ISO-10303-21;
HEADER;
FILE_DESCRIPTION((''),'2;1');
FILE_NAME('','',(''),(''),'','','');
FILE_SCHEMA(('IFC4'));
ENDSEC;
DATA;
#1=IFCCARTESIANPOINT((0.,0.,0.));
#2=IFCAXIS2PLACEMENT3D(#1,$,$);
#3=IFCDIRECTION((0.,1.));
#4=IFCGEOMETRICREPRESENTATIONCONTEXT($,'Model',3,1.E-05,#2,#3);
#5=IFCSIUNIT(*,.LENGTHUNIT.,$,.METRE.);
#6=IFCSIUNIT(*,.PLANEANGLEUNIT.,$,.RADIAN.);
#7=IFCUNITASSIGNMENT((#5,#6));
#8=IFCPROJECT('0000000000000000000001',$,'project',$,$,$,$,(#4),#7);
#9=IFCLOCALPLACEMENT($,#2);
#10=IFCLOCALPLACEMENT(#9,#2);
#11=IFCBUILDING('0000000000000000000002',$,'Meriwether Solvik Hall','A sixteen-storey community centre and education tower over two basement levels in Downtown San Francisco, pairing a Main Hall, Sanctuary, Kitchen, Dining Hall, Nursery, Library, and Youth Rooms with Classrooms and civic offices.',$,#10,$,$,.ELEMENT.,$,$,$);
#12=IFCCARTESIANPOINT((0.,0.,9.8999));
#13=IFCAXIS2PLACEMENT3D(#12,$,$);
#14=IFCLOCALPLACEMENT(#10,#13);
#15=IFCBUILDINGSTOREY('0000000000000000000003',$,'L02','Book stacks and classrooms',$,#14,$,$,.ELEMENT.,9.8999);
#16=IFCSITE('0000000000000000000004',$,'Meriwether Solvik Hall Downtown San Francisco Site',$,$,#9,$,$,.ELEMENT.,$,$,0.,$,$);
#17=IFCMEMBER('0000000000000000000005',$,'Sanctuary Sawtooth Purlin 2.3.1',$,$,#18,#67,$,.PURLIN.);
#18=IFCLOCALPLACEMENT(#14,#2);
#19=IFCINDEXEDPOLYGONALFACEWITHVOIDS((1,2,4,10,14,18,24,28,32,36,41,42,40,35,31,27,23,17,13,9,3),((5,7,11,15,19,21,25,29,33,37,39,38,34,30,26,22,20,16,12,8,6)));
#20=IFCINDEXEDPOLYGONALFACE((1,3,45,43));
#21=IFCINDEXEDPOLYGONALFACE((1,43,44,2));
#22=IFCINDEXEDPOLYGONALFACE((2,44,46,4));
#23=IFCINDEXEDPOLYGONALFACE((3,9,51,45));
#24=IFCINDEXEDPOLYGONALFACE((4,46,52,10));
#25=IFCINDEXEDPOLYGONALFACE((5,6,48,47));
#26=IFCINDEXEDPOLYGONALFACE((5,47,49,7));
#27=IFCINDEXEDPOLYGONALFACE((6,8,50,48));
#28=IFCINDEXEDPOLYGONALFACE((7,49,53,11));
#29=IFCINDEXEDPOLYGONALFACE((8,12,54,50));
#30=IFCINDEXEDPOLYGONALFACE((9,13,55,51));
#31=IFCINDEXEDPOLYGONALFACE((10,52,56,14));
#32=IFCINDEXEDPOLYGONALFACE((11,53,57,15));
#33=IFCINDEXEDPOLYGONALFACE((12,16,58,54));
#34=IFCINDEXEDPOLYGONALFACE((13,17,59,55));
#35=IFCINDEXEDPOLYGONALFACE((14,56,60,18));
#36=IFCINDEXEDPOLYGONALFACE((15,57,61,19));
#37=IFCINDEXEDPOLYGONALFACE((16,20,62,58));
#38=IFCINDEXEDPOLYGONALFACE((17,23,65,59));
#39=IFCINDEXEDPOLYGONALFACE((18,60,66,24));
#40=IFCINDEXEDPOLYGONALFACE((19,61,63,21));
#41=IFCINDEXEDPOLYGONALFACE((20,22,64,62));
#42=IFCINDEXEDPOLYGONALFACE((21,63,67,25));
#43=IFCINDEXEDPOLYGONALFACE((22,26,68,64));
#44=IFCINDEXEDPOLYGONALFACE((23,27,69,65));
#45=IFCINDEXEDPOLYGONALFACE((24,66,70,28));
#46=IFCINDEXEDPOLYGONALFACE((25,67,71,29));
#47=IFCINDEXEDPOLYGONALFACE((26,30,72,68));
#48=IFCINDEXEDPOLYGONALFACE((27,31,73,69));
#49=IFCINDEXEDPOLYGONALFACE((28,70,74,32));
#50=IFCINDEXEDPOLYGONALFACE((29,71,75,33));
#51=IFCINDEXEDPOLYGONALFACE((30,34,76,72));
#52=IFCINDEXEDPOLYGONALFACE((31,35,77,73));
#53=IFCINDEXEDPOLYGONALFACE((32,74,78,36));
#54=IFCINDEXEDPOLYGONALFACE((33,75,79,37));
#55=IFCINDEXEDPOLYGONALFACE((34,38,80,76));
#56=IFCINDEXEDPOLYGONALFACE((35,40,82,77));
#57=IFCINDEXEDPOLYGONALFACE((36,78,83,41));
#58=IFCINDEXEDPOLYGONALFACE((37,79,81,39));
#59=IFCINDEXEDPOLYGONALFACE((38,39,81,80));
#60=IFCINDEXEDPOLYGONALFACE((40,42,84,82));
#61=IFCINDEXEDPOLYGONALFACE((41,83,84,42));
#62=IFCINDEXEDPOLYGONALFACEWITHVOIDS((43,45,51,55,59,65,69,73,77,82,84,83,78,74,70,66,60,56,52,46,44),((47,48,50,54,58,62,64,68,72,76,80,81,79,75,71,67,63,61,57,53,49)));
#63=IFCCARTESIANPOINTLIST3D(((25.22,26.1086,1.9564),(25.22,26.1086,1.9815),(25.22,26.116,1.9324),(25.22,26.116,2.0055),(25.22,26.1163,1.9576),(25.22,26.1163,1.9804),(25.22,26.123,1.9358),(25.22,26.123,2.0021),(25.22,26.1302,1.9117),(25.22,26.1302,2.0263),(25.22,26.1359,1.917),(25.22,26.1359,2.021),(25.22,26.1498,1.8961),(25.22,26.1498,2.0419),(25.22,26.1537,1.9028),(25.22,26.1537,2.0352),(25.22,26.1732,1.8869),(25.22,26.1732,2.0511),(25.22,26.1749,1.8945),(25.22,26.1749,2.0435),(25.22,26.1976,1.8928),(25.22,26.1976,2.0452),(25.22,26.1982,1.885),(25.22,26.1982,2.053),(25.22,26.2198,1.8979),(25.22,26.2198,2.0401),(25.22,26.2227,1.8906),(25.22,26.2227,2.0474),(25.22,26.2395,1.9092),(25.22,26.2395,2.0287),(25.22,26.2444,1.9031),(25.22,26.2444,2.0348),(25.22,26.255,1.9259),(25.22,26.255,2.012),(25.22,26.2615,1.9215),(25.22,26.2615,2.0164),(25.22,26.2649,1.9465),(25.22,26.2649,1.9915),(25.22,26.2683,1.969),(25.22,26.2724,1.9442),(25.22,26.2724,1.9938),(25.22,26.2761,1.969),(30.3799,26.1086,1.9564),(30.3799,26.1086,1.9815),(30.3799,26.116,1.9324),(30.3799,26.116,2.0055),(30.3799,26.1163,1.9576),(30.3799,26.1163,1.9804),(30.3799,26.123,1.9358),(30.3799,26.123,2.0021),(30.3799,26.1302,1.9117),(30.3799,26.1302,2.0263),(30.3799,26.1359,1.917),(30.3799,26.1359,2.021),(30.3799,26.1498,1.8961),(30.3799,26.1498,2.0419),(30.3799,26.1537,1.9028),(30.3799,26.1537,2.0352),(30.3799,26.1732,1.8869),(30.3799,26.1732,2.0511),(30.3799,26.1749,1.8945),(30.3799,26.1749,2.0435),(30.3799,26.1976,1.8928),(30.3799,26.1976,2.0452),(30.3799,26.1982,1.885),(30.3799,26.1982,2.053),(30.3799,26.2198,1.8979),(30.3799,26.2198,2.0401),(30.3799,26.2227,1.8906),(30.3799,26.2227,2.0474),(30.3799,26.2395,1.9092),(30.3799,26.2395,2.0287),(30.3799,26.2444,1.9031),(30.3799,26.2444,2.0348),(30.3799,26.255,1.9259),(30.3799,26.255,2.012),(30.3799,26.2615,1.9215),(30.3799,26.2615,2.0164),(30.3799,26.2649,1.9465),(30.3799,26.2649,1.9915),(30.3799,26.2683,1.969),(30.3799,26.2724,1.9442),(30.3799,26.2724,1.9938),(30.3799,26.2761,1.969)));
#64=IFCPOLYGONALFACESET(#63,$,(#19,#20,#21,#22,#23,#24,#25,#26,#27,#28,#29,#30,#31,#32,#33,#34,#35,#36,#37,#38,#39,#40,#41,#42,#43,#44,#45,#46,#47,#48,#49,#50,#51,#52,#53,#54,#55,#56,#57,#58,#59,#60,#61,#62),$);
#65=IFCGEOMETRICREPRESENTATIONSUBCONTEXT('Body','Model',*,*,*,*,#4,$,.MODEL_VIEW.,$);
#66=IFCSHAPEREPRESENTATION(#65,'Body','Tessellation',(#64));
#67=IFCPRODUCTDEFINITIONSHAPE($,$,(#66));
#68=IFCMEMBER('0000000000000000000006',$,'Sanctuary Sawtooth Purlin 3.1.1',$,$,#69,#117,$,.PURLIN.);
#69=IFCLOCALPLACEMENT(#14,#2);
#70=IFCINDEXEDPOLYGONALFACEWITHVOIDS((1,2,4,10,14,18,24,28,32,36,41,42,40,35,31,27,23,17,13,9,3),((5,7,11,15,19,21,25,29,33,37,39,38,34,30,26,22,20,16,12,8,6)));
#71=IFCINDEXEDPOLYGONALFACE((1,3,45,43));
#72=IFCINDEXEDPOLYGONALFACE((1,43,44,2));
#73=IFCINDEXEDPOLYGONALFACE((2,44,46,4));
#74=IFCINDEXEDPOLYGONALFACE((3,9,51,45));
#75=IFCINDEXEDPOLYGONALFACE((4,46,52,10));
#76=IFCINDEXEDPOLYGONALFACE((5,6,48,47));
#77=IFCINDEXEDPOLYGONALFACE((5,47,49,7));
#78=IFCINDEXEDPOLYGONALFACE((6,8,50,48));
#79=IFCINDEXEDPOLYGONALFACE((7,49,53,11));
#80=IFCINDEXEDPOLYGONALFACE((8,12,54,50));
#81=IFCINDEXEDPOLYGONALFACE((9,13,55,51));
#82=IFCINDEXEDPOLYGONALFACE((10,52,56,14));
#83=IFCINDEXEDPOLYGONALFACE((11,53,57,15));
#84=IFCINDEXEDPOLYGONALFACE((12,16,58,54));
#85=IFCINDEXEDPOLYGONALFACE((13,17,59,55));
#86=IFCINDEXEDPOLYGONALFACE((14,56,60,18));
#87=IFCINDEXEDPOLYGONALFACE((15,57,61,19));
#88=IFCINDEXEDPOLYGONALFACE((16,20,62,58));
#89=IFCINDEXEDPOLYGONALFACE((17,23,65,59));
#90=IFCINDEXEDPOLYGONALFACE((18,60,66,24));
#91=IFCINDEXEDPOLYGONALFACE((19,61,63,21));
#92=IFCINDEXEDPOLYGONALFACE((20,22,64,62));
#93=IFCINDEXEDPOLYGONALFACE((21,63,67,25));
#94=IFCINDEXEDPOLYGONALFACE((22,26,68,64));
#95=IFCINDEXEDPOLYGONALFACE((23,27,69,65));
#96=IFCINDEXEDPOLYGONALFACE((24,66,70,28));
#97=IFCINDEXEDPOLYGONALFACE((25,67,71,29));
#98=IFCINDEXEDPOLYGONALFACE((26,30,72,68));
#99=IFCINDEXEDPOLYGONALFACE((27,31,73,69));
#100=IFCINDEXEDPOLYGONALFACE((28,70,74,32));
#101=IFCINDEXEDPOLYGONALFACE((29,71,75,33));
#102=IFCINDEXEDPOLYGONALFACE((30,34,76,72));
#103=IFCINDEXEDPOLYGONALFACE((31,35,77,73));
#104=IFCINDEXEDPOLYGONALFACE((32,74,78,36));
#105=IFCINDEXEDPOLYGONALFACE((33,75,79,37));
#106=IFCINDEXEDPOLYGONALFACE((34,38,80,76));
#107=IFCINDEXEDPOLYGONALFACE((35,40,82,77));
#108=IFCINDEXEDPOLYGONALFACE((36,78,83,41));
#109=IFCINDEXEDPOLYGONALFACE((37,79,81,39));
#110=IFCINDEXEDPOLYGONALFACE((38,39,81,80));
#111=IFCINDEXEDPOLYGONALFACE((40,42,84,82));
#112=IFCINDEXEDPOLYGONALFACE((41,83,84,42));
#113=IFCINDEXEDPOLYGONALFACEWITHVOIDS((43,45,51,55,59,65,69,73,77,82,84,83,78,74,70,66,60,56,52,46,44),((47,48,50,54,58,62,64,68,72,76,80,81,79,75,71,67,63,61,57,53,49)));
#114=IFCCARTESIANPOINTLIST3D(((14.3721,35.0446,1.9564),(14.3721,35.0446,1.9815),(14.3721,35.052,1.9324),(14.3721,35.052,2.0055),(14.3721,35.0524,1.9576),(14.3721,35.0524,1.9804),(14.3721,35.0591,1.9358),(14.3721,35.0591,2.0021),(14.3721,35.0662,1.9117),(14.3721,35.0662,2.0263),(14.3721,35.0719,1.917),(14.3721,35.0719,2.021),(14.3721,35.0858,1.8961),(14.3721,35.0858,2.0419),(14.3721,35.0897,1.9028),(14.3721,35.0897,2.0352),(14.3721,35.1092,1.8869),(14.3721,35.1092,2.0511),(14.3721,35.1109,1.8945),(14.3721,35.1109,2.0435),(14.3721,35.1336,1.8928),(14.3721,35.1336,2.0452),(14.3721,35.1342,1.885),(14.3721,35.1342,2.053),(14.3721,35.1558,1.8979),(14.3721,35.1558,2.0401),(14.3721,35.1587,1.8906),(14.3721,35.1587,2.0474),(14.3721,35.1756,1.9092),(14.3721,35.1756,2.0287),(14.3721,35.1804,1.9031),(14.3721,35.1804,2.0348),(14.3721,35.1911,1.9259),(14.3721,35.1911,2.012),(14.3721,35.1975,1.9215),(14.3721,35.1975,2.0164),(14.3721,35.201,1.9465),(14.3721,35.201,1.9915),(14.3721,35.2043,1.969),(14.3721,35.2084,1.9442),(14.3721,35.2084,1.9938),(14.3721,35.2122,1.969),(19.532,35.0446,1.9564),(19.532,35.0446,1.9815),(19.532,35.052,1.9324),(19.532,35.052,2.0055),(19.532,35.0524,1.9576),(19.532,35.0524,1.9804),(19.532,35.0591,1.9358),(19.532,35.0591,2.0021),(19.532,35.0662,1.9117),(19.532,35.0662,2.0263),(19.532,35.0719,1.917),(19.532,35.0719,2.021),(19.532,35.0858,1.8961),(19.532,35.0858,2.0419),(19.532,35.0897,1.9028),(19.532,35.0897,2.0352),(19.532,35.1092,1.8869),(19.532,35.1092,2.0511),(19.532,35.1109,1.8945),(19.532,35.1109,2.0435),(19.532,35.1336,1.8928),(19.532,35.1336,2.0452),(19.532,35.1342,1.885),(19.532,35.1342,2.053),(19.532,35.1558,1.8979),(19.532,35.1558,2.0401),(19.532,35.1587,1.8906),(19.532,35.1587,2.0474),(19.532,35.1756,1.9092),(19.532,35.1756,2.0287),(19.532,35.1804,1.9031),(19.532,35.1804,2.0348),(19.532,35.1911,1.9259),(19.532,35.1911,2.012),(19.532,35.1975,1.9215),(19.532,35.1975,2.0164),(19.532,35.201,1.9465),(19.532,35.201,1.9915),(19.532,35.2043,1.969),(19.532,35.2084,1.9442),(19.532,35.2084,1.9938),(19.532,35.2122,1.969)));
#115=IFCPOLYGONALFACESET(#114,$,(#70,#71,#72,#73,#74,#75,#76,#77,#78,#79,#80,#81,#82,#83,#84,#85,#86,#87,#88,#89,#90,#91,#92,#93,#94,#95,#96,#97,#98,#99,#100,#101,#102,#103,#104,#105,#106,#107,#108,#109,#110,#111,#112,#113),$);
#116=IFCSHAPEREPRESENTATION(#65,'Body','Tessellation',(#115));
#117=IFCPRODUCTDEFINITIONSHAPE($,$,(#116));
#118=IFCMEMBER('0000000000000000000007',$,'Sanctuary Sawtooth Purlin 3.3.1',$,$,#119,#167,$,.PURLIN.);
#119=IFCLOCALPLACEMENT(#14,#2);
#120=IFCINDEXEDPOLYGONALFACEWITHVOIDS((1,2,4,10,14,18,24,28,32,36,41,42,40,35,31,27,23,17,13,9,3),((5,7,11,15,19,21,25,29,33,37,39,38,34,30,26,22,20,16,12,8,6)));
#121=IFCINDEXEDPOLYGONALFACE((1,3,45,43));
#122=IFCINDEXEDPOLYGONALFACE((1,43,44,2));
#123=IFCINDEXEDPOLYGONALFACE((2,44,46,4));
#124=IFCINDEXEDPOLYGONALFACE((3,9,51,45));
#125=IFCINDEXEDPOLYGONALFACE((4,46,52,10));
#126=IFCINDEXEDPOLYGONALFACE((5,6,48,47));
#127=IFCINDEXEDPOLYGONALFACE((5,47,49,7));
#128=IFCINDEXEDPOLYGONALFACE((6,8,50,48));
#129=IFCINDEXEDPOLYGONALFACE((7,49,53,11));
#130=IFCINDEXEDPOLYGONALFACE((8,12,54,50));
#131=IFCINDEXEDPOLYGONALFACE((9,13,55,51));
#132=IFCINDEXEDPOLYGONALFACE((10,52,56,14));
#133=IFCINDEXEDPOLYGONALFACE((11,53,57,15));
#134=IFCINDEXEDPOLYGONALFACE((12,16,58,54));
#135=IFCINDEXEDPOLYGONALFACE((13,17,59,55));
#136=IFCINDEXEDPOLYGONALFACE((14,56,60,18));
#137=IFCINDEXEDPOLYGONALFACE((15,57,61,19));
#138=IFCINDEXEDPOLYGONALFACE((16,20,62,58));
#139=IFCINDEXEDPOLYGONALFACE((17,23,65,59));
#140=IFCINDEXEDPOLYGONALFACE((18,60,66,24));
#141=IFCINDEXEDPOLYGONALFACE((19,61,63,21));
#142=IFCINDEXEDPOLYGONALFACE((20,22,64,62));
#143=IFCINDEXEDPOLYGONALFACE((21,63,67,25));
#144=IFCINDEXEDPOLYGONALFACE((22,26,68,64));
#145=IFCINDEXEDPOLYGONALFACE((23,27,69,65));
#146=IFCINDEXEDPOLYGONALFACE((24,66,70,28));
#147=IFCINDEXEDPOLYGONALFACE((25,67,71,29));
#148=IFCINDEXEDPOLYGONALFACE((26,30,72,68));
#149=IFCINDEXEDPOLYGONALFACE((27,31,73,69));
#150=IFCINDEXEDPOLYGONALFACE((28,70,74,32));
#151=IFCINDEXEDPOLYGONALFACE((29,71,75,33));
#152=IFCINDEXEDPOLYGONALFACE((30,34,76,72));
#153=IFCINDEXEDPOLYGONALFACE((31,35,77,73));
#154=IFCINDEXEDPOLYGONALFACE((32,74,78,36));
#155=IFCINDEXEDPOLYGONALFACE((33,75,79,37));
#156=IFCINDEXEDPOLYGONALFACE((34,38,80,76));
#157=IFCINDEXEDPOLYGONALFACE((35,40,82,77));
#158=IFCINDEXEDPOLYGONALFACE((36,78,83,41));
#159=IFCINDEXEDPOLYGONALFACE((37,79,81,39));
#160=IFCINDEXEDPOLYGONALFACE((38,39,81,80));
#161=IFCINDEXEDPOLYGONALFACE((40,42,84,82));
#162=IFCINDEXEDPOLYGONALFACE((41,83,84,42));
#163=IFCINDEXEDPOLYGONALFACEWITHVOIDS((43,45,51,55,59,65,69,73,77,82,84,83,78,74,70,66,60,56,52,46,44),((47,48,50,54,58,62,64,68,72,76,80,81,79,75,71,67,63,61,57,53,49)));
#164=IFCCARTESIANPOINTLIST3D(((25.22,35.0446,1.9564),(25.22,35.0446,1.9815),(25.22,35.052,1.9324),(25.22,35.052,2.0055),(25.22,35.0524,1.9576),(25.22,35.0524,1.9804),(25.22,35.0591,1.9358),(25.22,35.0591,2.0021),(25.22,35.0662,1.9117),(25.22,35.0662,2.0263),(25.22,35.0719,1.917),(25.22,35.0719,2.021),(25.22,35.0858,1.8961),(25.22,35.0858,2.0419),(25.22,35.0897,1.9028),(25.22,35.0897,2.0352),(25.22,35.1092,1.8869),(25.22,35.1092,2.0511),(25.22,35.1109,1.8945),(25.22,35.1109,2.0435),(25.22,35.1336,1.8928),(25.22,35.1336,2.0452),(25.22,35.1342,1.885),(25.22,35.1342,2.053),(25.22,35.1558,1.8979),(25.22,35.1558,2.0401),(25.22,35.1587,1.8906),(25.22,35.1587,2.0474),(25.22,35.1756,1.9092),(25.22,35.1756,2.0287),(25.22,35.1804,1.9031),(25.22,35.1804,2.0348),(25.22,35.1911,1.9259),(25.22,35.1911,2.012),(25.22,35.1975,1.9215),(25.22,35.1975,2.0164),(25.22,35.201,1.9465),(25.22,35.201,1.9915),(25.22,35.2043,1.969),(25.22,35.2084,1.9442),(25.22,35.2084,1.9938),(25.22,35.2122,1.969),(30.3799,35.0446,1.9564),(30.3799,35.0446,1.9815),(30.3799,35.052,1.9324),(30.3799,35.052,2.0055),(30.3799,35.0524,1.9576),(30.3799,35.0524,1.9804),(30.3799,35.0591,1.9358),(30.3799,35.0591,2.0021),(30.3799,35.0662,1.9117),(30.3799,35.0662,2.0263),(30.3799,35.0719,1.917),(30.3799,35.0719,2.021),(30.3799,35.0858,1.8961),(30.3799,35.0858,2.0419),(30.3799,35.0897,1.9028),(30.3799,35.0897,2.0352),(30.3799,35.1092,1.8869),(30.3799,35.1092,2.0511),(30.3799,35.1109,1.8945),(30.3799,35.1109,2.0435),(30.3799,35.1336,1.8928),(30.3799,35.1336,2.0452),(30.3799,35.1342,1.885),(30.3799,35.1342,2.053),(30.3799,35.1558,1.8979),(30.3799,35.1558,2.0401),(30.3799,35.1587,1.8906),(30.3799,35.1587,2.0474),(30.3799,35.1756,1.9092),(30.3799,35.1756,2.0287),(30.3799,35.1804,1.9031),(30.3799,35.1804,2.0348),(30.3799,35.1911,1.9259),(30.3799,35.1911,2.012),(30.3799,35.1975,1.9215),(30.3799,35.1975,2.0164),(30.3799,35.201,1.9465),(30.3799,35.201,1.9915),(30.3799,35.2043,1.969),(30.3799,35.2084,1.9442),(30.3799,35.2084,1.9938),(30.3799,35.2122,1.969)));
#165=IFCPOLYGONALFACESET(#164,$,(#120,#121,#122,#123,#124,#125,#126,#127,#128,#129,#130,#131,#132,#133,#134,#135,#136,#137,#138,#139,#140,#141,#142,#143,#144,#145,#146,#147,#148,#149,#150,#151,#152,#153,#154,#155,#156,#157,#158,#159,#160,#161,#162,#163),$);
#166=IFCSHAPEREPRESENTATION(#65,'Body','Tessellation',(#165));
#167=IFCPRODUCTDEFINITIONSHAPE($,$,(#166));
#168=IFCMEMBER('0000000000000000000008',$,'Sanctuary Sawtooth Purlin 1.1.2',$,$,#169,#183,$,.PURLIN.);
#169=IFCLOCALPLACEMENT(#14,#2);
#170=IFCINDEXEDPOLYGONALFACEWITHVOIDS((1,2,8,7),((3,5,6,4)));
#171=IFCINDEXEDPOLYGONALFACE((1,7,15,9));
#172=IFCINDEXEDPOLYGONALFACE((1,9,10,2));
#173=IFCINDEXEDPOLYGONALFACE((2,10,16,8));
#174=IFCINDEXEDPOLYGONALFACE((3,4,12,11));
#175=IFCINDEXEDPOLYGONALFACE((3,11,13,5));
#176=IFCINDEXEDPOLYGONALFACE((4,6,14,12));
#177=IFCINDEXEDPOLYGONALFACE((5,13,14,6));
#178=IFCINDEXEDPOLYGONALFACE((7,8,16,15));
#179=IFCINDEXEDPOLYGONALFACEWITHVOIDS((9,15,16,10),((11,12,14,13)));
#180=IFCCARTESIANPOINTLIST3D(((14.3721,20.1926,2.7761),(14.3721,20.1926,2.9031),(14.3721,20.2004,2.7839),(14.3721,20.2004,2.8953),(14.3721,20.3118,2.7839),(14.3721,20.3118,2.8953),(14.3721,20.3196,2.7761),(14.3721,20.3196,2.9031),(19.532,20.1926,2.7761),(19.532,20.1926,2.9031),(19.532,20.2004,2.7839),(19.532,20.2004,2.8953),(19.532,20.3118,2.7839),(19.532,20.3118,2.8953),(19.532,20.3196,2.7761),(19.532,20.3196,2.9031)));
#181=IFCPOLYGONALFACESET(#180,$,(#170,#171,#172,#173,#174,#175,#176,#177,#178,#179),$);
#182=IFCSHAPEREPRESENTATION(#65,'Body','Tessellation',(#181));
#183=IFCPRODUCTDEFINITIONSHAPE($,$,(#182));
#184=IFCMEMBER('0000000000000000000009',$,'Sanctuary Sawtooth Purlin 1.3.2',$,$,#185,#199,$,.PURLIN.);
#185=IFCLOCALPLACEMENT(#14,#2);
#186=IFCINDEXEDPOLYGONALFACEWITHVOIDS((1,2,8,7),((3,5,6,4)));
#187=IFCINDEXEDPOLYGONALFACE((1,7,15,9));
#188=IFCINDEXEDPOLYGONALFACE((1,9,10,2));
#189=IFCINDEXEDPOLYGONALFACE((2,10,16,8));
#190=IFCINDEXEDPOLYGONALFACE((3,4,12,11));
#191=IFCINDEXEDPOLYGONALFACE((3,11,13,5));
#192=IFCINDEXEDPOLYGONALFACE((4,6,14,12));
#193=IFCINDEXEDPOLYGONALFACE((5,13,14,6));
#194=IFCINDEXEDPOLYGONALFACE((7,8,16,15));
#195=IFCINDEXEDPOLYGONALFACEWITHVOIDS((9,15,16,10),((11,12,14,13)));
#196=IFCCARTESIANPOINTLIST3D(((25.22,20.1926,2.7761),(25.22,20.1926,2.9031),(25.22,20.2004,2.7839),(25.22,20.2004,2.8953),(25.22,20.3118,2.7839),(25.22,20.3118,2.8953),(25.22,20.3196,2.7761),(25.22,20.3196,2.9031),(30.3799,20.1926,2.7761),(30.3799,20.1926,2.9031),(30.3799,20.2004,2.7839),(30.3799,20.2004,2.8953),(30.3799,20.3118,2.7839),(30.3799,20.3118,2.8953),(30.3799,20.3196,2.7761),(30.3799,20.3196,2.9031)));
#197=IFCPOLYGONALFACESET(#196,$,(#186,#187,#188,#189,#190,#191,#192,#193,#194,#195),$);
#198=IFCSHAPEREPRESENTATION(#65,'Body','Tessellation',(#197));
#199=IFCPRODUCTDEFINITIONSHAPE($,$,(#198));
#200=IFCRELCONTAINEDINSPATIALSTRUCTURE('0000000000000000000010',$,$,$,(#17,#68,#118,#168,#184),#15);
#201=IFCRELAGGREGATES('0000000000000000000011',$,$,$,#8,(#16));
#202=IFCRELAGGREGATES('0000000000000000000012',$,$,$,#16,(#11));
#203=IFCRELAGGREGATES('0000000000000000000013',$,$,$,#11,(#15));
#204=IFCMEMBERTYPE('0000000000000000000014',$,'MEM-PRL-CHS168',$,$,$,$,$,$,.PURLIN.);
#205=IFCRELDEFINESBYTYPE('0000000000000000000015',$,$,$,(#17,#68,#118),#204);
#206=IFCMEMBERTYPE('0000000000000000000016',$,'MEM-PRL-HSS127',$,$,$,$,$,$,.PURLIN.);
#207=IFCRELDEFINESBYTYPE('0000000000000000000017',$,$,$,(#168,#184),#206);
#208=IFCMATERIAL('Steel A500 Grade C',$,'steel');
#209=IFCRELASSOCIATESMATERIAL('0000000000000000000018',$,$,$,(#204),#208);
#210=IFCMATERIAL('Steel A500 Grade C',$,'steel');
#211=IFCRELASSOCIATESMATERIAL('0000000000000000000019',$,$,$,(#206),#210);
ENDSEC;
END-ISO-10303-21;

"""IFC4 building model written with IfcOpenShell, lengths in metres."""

from ifc_helpers import new_model, si_unit, direction, frame, origin, origin_2d, place, context, subcontext, project, spatial, hollow_rectangle, hollow_circle, extrude, material, material_profile, profile_set, type_object, element, save


model = new_model("IFC4")

# Units and contexts
model_context = context("Model", 3, precision=1e-05, world=origin(), true_north=direction((0.0, 1.0)))
body_context = subcontext(model_context, "Body", "Model", "MODEL_VIEW")
ifc_project = project(units=[si_unit("LENGTHUNIT", "METRE"), si_unit("PLANEANGLEUNIT", "RADIAN")], contexts=[model_context])

# Site, building, storey
site_placement = place(None, origin())
site = spatial("IfcSite", under=ifc_project, at=site_placement, Name="Meriwether Solvik Hall Downtown San Francisco Site", CompositionType="ELEMENT", RefElevation=0.0)
building_placement = place(site_placement, origin())
building = spatial("IfcBuilding", under=site, at=building_placement, Name="Meriwether Solvik Hall", Description="A sixteen-storey community centre and education tower over two basement levels in Downtown San Francisco, pairing a Main Hall, Sanctuary, Kitchen, Dining Hall, Nursery, Library, and Youth Rooms with Classrooms and civic offices.", CompositionType="ELEMENT")
storey_placement = place(building_placement, frame((0.0, 0.0, 9.8999)))
storey = spatial("IfcBuildingStorey", under=building, at=storey_placement, Name="L02", Description="Book stacks and classrooms", CompositionType="ELEMENT", Elevation=9.8999)

# Members
ifc_material_1 = material(Name="Steel A500 Grade C", Category="steel")
ifc_material_profile_1 = material_profile(ifc_material_1, hollow_circle(Radius=0.0842, WallThickness=0.0078, at=origin_2d()), Name="CHS168X7.9")
ifc_profile_set_1 = profile_set([ifc_material_profile_1], Name="Steel A500 Grade C")
member_type_1 = type_object("IfcMemberType", Name="MEM-PRL-CHS168", PredefinedType="PURLIN", material=ifc_profile_set_1)
for number, where, z_axis, x_axis, name in (
    (1, (25.22, 26.1919, 1.969), (1.0, 0.0, 0.0), (0.0, 1.0, 0.0), "Sanctuary Sawtooth Purlin 2.3.1"),
    (2, (14.3721, 35.1279, 1.969), (1.0, 0.0, 0.0), (0.0, 1.0, 0.0), "Sanctuary Sawtooth Purlin 3.1.1"),
    (3, (25.22, 35.1279, 1.969), (1.0, 0.0, 0.0), (0.0, 1.0, 0.0), "Sanctuary Sawtooth Purlin 3.3.1"),
):
    element("IfcMember", number, at=place(storey_placement, frame(where, z_axis=z_axis, x_axis=x_axis)), inside=storey, type_object=member_type_1, Name=name, PredefinedType="PURLIN", context=body_context, shape_type="SweptSolid", body=[
        extrude(hollow_circle(Radius=0.0842, WallThickness=0.0078, at=origin_2d()), origin(), (0.0, 0.0, 1.0), 5.1599),
    ])
ifc_material_2 = material(Name="Steel A500 Grade C", Category="steel")
ifc_material_profile_2 = material_profile(ifc_material_2, hollow_rectangle(XDim=0.127, YDim=0.127, WallThickness=0.0078, at=origin_2d()), Name="HSS127X127X7.9")
ifc_profile_set_2 = profile_set([ifc_material_profile_2], Name="Steel A500 Grade C")
member_type_2 = type_object("IfcMemberType", Name="MEM-PRL-HSS127", PredefinedType="PURLIN", material=ifc_profile_set_2)
for number, where, z_axis, x_axis, name in (
    (4, (14.3721, 20.2561, 2.8396), (1.0, 0.0, 0.0), (0.0, 1.0, 0.0), "Sanctuary Sawtooth Purlin 1.1.2"),
    (5, (25.22, 20.2561, 2.8396), (1.0, 0.0, 0.0), (0.0, 1.0, 0.0), "Sanctuary Sawtooth Purlin 1.3.2"),
):
    element("IfcMember", number, at=place(storey_placement, frame(where, z_axis=z_axis, x_axis=x_axis)), inside=storey, type_object=member_type_2, Name=name, PredefinedType="PURLIN", context=body_context, shape_type="SweptSolid", body=[
        extrude(hollow_rectangle(XDim=0.127, YDim=0.127, WallThickness=0.0078, at=origin_2d()), origin(), (0.0, 0.0, 1.0), 5.1599),
    ])

save(model, "model.ifc")
